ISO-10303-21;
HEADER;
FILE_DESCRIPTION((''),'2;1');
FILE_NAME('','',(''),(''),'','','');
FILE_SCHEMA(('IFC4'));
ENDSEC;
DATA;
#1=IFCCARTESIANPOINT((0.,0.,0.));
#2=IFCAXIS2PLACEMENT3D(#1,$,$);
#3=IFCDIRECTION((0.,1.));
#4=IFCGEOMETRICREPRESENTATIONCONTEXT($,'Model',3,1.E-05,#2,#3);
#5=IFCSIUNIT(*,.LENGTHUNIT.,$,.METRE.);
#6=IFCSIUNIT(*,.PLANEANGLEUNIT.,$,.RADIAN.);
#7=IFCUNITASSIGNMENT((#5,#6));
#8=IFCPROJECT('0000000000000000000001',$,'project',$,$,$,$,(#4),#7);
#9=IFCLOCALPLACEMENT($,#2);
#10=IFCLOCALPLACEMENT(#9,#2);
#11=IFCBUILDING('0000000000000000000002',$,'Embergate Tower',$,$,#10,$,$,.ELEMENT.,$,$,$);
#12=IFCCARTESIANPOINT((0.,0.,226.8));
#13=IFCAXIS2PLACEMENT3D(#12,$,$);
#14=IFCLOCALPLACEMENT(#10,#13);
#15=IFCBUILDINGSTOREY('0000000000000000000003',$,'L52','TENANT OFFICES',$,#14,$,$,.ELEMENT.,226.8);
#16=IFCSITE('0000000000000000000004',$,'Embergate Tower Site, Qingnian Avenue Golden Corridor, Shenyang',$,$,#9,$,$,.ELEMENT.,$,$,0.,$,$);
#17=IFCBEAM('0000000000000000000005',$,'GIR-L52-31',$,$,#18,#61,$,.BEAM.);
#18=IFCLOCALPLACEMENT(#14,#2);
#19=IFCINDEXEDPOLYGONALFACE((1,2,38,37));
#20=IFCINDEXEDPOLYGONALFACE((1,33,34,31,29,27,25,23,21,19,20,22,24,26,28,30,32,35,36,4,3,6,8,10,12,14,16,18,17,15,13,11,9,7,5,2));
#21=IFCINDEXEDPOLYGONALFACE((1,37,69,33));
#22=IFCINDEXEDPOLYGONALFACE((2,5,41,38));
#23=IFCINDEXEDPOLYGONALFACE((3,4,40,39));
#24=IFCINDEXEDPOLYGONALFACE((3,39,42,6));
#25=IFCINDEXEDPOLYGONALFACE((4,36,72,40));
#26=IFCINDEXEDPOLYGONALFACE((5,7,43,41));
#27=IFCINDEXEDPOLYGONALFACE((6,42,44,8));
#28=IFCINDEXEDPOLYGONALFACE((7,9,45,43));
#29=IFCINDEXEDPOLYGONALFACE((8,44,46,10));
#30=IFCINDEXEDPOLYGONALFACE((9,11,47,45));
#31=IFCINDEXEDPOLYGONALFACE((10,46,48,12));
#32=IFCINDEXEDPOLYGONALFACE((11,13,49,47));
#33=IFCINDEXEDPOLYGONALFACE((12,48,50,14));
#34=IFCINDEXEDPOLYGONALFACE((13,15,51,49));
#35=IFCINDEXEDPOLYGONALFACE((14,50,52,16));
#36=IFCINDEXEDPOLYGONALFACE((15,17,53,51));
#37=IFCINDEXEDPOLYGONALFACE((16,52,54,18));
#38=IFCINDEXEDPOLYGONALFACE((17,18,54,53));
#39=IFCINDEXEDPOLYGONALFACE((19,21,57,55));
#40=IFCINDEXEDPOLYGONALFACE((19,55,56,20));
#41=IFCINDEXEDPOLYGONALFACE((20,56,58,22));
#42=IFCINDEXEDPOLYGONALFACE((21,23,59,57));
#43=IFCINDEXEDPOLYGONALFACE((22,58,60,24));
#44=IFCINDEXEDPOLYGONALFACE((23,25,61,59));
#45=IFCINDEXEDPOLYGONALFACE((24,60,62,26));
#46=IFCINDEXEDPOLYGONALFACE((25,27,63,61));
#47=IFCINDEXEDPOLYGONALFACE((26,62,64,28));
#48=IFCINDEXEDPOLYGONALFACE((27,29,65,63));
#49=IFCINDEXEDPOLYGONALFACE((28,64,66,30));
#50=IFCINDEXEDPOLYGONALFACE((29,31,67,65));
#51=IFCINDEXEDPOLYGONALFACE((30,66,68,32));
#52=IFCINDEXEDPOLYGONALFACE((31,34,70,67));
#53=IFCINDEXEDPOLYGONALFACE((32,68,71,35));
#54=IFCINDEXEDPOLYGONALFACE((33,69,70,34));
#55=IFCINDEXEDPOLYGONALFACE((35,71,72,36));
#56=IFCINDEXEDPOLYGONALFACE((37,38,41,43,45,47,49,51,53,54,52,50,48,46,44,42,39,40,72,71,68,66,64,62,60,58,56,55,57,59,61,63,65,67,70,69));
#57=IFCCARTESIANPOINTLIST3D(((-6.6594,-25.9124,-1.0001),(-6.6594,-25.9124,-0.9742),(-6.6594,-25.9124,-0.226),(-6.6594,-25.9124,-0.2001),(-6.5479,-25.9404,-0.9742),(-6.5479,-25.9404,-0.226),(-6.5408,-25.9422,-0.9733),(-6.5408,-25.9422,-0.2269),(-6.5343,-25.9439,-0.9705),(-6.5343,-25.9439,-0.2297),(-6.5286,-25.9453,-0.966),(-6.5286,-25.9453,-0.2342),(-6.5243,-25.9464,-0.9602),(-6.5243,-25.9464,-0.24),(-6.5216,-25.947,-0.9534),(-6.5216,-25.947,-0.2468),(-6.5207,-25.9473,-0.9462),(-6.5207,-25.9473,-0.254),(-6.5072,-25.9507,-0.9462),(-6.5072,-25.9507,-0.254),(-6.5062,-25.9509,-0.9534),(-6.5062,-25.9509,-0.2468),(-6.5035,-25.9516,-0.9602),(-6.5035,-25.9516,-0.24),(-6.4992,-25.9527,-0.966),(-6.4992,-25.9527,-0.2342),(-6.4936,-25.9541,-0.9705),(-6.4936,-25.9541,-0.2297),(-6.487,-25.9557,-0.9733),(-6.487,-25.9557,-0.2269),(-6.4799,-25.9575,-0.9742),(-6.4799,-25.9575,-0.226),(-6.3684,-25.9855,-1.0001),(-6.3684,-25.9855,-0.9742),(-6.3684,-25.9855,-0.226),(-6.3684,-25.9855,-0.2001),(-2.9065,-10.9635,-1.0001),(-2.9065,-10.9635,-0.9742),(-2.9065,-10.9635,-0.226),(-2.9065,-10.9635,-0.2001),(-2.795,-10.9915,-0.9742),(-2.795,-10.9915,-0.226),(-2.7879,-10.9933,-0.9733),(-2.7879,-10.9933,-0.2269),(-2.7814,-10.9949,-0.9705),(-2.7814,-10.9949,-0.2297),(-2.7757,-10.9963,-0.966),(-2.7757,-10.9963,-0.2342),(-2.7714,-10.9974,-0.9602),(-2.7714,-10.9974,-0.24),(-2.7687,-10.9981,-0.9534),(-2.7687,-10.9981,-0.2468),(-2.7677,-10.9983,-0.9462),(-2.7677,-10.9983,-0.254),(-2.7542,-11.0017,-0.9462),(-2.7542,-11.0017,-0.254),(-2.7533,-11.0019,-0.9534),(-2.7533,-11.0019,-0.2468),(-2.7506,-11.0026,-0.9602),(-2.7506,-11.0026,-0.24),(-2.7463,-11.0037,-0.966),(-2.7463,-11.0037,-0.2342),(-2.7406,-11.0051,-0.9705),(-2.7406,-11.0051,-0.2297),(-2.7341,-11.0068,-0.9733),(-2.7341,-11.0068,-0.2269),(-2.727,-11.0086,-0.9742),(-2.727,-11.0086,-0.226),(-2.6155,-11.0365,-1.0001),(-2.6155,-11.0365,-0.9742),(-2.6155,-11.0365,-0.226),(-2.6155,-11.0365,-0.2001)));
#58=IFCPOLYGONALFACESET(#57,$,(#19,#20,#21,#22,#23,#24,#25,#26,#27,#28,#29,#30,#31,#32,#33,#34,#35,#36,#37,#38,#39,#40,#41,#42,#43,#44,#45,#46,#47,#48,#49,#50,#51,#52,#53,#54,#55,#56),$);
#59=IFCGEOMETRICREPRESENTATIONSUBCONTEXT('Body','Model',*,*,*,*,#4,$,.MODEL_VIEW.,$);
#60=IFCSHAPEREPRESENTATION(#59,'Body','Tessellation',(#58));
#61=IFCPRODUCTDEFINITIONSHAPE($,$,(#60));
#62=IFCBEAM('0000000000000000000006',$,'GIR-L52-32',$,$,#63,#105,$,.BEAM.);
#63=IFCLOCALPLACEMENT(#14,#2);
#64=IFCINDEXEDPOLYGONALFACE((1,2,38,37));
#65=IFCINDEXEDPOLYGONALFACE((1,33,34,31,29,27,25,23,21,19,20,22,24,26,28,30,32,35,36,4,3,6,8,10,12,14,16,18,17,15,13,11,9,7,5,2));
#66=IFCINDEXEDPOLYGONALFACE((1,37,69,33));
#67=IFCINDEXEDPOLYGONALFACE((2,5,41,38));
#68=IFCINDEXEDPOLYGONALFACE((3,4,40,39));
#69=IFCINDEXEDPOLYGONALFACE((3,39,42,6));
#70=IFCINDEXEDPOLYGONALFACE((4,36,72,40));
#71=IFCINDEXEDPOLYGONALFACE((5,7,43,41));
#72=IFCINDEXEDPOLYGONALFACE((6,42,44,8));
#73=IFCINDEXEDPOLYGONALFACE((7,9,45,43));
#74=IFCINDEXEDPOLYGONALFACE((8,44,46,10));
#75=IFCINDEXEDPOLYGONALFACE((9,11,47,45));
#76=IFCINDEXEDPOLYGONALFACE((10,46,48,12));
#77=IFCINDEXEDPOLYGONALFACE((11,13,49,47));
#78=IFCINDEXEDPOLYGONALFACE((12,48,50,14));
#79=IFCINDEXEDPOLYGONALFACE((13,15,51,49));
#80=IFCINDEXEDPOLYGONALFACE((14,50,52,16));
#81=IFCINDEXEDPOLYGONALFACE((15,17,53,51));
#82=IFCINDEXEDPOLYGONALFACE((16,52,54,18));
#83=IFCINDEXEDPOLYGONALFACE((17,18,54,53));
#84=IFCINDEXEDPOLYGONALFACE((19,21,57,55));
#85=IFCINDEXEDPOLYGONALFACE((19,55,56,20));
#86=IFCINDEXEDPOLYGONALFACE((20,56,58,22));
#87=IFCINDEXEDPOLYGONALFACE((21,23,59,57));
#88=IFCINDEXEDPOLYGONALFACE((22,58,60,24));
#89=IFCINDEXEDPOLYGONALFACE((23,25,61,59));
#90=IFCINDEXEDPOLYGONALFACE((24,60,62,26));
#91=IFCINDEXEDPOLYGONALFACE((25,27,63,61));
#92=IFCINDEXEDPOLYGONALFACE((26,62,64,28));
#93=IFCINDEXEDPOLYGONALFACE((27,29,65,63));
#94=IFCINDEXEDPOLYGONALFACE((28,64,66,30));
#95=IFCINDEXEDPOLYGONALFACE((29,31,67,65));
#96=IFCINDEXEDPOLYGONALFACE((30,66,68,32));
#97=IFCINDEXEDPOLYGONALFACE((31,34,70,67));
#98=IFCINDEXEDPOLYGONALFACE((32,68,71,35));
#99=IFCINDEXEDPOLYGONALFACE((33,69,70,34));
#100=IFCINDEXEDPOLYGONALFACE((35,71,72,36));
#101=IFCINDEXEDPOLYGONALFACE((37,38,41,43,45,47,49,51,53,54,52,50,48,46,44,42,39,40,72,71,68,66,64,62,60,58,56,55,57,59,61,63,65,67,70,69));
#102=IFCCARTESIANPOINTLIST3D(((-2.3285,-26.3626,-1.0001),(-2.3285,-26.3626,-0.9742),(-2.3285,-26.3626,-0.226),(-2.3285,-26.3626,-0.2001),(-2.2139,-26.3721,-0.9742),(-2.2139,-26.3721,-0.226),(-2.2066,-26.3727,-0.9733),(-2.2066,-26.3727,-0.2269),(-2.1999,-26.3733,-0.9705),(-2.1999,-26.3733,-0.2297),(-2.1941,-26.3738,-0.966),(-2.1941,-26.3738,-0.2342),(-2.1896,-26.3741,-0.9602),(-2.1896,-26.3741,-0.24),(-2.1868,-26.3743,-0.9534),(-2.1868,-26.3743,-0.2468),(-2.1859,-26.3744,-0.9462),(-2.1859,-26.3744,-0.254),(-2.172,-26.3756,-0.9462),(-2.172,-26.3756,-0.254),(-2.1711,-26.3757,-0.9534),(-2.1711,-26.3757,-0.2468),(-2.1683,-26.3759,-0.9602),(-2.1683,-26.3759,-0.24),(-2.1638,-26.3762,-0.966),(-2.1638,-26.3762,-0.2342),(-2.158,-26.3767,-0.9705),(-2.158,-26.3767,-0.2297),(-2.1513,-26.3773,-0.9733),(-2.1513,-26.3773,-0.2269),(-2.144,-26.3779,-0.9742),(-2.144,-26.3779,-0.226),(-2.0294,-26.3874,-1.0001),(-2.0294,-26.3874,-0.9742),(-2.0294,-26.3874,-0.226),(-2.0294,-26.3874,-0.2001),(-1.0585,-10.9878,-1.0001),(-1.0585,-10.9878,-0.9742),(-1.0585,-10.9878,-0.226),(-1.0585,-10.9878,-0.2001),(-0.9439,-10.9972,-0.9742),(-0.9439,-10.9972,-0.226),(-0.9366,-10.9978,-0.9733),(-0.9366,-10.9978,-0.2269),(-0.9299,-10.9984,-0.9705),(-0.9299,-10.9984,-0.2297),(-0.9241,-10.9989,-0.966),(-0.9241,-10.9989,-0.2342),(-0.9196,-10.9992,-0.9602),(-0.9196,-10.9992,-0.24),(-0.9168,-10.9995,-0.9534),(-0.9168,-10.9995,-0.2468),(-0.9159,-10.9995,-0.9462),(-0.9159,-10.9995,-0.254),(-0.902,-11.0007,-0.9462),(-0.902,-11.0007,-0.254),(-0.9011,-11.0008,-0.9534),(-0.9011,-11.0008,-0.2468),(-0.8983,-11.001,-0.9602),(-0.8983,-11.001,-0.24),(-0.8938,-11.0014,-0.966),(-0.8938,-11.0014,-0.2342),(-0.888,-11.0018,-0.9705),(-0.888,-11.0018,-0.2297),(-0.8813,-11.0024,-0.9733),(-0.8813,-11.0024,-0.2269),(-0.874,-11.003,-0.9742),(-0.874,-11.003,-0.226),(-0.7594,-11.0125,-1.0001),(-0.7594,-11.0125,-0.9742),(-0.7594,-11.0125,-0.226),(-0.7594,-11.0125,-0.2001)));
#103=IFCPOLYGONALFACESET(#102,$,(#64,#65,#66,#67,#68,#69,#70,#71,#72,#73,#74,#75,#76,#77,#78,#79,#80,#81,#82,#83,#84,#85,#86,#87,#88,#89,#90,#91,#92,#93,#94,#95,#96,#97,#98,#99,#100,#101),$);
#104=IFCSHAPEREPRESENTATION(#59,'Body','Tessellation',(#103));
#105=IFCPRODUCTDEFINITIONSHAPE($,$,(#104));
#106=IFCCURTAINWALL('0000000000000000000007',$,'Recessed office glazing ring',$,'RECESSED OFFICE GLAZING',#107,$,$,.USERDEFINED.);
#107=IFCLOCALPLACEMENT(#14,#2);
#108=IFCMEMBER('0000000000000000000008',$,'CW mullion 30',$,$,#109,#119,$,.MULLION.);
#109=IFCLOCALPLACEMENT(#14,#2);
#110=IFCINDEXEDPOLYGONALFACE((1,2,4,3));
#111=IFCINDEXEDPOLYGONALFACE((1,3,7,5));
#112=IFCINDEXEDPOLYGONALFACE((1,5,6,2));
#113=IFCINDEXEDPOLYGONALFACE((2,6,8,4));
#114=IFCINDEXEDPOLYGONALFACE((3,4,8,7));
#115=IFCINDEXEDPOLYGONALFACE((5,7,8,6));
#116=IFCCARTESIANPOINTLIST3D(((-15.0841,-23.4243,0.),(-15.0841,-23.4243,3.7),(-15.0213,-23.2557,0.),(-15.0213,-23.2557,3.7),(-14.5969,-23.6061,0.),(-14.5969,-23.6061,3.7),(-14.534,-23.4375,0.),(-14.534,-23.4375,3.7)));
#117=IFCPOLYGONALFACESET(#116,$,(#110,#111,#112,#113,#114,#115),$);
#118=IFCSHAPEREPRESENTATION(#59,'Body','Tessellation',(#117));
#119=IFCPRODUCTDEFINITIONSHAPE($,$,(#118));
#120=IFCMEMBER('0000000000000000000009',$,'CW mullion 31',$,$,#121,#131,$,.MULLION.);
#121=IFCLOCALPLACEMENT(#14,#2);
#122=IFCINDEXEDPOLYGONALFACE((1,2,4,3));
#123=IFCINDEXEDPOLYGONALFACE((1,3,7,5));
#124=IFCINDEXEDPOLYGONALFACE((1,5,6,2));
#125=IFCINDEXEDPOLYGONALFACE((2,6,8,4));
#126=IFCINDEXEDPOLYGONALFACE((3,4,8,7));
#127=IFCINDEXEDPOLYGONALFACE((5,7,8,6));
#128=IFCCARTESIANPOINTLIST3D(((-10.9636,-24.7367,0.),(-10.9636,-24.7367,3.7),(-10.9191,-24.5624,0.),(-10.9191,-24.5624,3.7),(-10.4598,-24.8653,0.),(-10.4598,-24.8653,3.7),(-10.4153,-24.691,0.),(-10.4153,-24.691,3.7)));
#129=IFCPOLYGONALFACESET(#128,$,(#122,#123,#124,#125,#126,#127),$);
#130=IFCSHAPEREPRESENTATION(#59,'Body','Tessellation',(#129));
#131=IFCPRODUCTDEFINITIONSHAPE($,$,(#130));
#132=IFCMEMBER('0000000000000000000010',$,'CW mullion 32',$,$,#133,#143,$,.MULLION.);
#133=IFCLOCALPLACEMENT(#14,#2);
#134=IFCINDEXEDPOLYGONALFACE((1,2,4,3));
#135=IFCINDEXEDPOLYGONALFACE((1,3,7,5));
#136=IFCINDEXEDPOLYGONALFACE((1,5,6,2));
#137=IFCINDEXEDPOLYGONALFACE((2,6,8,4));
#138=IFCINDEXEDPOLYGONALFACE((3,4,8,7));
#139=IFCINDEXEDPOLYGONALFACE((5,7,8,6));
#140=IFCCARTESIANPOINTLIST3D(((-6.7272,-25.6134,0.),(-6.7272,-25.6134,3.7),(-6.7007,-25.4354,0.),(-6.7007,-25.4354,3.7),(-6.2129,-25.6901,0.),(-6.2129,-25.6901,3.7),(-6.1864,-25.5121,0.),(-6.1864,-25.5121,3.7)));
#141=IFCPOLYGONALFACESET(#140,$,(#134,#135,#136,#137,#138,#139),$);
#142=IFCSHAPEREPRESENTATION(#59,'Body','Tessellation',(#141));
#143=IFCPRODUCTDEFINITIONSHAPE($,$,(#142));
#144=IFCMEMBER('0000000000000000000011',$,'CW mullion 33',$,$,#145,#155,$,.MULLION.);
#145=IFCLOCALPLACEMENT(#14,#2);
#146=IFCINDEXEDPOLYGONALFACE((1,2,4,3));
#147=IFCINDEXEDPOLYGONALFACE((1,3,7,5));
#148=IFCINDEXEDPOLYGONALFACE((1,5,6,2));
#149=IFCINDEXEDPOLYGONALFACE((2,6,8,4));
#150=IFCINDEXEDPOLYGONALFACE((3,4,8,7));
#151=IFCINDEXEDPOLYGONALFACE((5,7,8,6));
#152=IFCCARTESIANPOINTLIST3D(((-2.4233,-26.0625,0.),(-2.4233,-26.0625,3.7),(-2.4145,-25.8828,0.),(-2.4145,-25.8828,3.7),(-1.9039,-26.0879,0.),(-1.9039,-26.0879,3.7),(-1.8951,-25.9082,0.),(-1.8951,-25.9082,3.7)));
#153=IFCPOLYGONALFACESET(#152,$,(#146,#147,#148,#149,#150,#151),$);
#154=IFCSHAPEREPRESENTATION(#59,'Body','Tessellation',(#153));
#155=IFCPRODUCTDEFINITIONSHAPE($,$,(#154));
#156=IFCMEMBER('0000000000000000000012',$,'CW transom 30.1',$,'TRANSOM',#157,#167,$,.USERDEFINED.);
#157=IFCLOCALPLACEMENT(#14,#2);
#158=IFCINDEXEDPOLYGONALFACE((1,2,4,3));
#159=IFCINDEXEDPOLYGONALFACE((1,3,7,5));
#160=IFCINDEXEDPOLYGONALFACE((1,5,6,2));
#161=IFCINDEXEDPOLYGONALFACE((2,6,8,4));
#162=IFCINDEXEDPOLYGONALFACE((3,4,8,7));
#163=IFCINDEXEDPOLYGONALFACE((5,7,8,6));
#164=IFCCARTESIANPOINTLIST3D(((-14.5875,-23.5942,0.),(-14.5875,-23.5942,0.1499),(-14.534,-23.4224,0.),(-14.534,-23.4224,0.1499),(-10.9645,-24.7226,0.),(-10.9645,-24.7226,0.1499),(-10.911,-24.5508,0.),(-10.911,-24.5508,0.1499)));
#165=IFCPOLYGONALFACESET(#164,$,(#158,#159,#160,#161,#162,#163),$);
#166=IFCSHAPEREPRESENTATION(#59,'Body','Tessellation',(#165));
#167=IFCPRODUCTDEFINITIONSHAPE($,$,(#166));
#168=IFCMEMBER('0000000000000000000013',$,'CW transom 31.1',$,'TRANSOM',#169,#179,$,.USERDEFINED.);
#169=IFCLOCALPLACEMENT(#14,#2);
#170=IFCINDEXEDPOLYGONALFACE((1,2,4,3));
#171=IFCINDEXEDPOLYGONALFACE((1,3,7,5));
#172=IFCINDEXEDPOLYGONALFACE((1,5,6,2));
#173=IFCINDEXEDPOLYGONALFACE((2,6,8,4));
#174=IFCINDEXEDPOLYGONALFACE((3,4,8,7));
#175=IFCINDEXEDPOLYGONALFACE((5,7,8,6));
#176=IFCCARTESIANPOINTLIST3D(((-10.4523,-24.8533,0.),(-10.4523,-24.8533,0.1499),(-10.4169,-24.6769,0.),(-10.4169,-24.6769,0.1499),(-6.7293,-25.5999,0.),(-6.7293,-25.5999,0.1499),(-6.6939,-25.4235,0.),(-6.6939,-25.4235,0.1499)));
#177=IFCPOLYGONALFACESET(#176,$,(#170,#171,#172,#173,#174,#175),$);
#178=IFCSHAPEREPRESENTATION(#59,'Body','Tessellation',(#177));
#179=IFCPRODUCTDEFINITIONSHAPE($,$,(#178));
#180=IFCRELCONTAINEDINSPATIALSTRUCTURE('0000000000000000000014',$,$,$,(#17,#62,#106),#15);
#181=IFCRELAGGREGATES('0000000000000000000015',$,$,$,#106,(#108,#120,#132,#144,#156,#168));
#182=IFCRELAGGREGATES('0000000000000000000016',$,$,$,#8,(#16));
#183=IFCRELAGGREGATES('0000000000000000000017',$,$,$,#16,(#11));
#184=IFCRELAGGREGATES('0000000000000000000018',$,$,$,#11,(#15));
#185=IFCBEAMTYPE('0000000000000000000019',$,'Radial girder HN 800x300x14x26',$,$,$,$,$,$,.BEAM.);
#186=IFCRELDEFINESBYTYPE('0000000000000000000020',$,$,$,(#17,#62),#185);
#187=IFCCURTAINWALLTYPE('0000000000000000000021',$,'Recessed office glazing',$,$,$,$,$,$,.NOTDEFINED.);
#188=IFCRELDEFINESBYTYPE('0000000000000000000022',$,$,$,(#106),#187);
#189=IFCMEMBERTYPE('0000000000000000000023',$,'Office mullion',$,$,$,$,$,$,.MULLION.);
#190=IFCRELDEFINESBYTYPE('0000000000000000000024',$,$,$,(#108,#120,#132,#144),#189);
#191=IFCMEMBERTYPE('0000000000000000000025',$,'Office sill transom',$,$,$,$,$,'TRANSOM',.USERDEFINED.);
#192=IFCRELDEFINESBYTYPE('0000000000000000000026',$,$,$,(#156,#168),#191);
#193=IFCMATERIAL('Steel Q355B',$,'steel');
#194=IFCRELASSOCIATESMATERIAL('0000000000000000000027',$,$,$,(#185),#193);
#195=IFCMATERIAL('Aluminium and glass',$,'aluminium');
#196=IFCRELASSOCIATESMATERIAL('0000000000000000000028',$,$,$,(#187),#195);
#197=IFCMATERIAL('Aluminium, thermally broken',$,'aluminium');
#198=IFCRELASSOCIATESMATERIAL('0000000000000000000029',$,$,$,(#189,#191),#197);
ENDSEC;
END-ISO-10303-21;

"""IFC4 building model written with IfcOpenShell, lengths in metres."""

from ifc_helpers import new_model, si_unit, direction, frame, origin, origin_2d, place, context, subcontext, project, spatial, rectangle, i_section, extrude, source, transform, mapped, material, material_profile, profile_set, type_object, element, aggregate, save


model = new_model("IFC4")

# Units and contexts
model_context = context("Model", 3, precision=1e-05, world=origin(), true_north=direction((0.0, 1.0)))
body_context = subcontext(model_context, "Body", "Model", "MODEL_VIEW")
ifc_project = project(units=[si_unit("LENGTHUNIT", "METRE"), si_unit("PLANEANGLEUNIT", "RADIAN")], contexts=[model_context])

# Site, building, storey
site_placement = place(None, origin())
site = spatial("IfcSite", under=ifc_project, at=site_placement, Name="Embergate Tower Site, Qingnian Avenue Golden Corridor, Shenyang", CompositionType="ELEMENT", RefElevation=0.0)
building_placement = place(site_placement, origin())
building = spatial("IfcBuilding", under=site, at=building_placement, Name="Embergate Tower", CompositionType="ELEMENT")
storey_placement = place(building_placement, frame((0.0, 0.0, 226.8)))
storey = spatial("IfcBuildingStorey", under=building, at=storey_placement, Name="L52", Description="TENANT OFFICES", CompositionType="ELEMENT", Elevation=226.8)

# Beams
ifc_material_1 = material(Name="Steel Q355B", Category="steel")
ifc_material_profile_1 = material_profile(ifc_material_1, i_section(OverallWidth=0.3, OverallDepth=0.8, WebThickness=0.0139, FlangeThickness=0.0259, FilletRadius=0.0281, at=origin_2d()), Name="HN 800x300x14x26")
ifc_profile_set_1 = profile_set([ifc_material_profile_1], Name="Steel Q355 grade B")
beam_type_1 = type_object("IfcBeamType", Name="Radial girder HN 800x300x14x26", PredefinedType="BEAM", material=ifc_profile_set_1)
shared_shape_1 = source(origin(), body_context, "Body", "SweptSolid", [
    extrude(i_section(OverallWidth=0.3, OverallDepth=0.8, WebThickness=0.0139, FlangeThickness=0.0259, FilletRadius=0.0281, at=origin_2d()), origin(), (0.0, 0.0, 1.0), 15.4128),
])
beam_1_placement = place(storey_placement, frame((-6.5139, -25.949, -0.6001), z_axis=(0.243493, 0.969903, 0.0), x_axis=(-0.969903, 0.243493, 0.0)))
element("IfcBeam", 1, at=beam_1_placement, inside=storey, type_object=beam_type_1, Name="GIR-L52-31", PredefinedType="BEAM", context=body_context, shape_type="MappedRepresentation", body=[
    mapped(shared_shape_1, transform((0.0, 0.0, 0.0))),
])
shared_shape_2 = source(origin(), body_context, "Body", "SweptSolid", [
    extrude(i_section(OverallWidth=0.3, OverallDepth=0.8, WebThickness=0.0139, FlangeThickness=0.0259, FilletRadius=0.0281, at=origin_2d()), origin(), (0.0, 0.0, 1.0), 15.4272),
])
beam_2_placement = place(storey_placement, frame((-2.179, -26.375, -0.6001), z_axis=(0.082323, 0.996606, 0.0), x_axis=(-0.996606, 0.082323, 0.0)))
element("IfcBeam", 2, at=beam_2_placement, inside=storey, type_object=beam_type_1, Name="GIR-L52-32", PredefinedType="BEAM", context=body_context, shape_type="MappedRepresentation", body=[
    mapped(shared_shape_2, transform((0.0, 0.0, 0.0))),
])

# Curtain wall, members
ifc_material_2 = material(Name="Aluminium and glass", Category="aluminium")
curtain_wall_type = type_object("IfcCurtainWallType", Name="Recessed office glazing", PredefinedType="NOTDEFINED", material=ifc_material_2)
curtain_wall_placement = place(storey_placement, origin())
curtain_wall = element("IfcCurtainWall", 3, at=curtain_wall_placement, inside=storey, type_object=curtain_wall_type, Name="Recessed office glazing ring", ObjectType="RECESSED OFFICE GLAZING", PredefinedType="USERDEFINED")
ifc_material_3 = material(Name="Aluminium, thermally broken", Category="aluminium")
ifc_material_profile_2 = material_profile(ifc_material_3, rectangle(XDim=0.1799, YDim=0.52, at=origin_2d()), Name="AL 520x180")
ifc_profile_set_2 = profile_set([ifc_material_profile_2], Name="Aluminium, thermally broken")
member_type_1 = type_object("IfcMemberType", Name="Office mullion", PredefinedType="MULLION", material=ifc_profile_set_2)
shared_shape_3 = source(origin(), body_context, "Body", "SweptSolid", [
    extrude(rectangle(XDim=0.1799, YDim=0.52, at=origin_2d()), origin(), (0.0, 0.0, 1.0), 3.7),
])
member_1_placement = place(storey_placement, frame((-14.8091, -23.4309, 0.0), z_axis=(0.0, 0.0, 1.0), x_axis=(0.349504, 0.936935, 0.0)))
member_1 = element("IfcMember", 4, at=member_1_placement, type_object=member_type_1, Name="CW mullion 30", PredefinedType="MULLION", context=body_context, shape_type="MappedRepresentation", body=[
    mapped(shared_shape_3, transform((0.0, 0.0, 0.0))),
])
member_2_placement = place(storey_placement, frame((-10.6895, -24.7139, 0.0), z_axis=(0.0, 0.0, 1.0), x_axis=(0.247314, 0.968935, 0.0)))
member_2 = element("IfcMember", 5, at=member_2_placement, type_object=member_type_1, Name="CW mullion 31", PredefinedType="MULLION", context=body_context, shape_type="MappedRepresentation", body=[
    mapped(shared_shape_3, transform((0.0, 0.0, 0.0))),
])
member_3_placement = place(storey_placement, frame((-6.4568, -25.5627, 0.0), z_axis=(0.0, 0.0, 1.0), x_axis=(0.147414, 0.989075, 0.0)))
member_3 = element("IfcMember", 6, at=member_3_placement, type_object=member_type_1, Name="CW mullion 32", PredefinedType="MULLION", context=body_context, shape_type="MappedRepresentation", body=[
    mapped(shared_shape_3, transform((0.0, 0.0, 0.0))),
])
member_4_placement = place(storey_placement, frame((-2.1592, -25.9854, 0.0), z_axis=(0.0, 0.0, 1.0), x_axis=(0.048972, 0.9988, 0.0)))
member_4 = element("IfcMember", 7, at=member_4_placement, type_object=member_type_1, Name="CW mullion 33", PredefinedType="MULLION", context=body_context, shape_type="MappedRepresentation", body=[
    mapped(shared_shape_3, transform((0.0, 0.0, 0.0))),
])
ifc_material_profile_3 = material_profile(ifc_material_3, rectangle(XDim=0.1799, YDim=0.1499, at=origin_2d()), Name="AL 150x180")
ifc_profile_set_3 = profile_set([ifc_material_profile_3], Name="Aluminium, thermally broken")
member_type_2 = type_object("IfcMemberType", Name="Office sill transom", ElementType="TRANSOM", PredefinedType="USERDEFINED", material=ifc_profile_set_3)
shared_shape_4 = source(origin(), body_context, "Body", "SweptSolid", [
    extrude(rectangle(XDim=0.1799, YDim=0.1499, at=origin_2d()), origin(), (0.0, 0.0, 1.0), 3.7947),
])
member_5_placement = place(storey_placement, frame((-14.5608, -23.5083, 0.075), z_axis=(0.954763, -0.297366, 0.0), x_axis=(0.297366, 0.954763, 0.0)))
member_5 = element("IfcMember", 8, at=member_5_placement, type_object=member_type_2, Name="CW transom 30.1", ObjectType="TRANSOM", PredefinedType="USERDEFINED", context=body_context, shape_type="MappedRepresentation", body=[
    mapped(shared_shape_4, transform((0.0, 0.0, 0.0))),
])
shared_shape_5 = source(origin(), body_context, "Body", "SweptSolid", [
    extrude(rectangle(XDim=0.1799, YDim=0.1499, at=origin_2d()), origin(), (0.0, 0.0, 1.0), 3.7971),
])
member_6_placement = place(storey_placement, frame((-10.4346, -24.7651, 0.075), z_axis=(0.980479, -0.196623, 0.0), x_axis=(0.196623, 0.980479, 0.0)))
member_6 = element("IfcMember", 9, at=member_6_placement, type_object=member_type_2, Name="CW transom 31.1", ObjectType="TRANSOM", PredefinedType="USERDEFINED", context=body_context, shape_type="MappedRepresentation", body=[
    mapped(shared_shape_5, transform((0.0, 0.0, 0.0))),
])

aggregate(curtain_wall, [member_1, member_2, member_3, member_4, member_5, member_6])

save(model, "model.ifc")
